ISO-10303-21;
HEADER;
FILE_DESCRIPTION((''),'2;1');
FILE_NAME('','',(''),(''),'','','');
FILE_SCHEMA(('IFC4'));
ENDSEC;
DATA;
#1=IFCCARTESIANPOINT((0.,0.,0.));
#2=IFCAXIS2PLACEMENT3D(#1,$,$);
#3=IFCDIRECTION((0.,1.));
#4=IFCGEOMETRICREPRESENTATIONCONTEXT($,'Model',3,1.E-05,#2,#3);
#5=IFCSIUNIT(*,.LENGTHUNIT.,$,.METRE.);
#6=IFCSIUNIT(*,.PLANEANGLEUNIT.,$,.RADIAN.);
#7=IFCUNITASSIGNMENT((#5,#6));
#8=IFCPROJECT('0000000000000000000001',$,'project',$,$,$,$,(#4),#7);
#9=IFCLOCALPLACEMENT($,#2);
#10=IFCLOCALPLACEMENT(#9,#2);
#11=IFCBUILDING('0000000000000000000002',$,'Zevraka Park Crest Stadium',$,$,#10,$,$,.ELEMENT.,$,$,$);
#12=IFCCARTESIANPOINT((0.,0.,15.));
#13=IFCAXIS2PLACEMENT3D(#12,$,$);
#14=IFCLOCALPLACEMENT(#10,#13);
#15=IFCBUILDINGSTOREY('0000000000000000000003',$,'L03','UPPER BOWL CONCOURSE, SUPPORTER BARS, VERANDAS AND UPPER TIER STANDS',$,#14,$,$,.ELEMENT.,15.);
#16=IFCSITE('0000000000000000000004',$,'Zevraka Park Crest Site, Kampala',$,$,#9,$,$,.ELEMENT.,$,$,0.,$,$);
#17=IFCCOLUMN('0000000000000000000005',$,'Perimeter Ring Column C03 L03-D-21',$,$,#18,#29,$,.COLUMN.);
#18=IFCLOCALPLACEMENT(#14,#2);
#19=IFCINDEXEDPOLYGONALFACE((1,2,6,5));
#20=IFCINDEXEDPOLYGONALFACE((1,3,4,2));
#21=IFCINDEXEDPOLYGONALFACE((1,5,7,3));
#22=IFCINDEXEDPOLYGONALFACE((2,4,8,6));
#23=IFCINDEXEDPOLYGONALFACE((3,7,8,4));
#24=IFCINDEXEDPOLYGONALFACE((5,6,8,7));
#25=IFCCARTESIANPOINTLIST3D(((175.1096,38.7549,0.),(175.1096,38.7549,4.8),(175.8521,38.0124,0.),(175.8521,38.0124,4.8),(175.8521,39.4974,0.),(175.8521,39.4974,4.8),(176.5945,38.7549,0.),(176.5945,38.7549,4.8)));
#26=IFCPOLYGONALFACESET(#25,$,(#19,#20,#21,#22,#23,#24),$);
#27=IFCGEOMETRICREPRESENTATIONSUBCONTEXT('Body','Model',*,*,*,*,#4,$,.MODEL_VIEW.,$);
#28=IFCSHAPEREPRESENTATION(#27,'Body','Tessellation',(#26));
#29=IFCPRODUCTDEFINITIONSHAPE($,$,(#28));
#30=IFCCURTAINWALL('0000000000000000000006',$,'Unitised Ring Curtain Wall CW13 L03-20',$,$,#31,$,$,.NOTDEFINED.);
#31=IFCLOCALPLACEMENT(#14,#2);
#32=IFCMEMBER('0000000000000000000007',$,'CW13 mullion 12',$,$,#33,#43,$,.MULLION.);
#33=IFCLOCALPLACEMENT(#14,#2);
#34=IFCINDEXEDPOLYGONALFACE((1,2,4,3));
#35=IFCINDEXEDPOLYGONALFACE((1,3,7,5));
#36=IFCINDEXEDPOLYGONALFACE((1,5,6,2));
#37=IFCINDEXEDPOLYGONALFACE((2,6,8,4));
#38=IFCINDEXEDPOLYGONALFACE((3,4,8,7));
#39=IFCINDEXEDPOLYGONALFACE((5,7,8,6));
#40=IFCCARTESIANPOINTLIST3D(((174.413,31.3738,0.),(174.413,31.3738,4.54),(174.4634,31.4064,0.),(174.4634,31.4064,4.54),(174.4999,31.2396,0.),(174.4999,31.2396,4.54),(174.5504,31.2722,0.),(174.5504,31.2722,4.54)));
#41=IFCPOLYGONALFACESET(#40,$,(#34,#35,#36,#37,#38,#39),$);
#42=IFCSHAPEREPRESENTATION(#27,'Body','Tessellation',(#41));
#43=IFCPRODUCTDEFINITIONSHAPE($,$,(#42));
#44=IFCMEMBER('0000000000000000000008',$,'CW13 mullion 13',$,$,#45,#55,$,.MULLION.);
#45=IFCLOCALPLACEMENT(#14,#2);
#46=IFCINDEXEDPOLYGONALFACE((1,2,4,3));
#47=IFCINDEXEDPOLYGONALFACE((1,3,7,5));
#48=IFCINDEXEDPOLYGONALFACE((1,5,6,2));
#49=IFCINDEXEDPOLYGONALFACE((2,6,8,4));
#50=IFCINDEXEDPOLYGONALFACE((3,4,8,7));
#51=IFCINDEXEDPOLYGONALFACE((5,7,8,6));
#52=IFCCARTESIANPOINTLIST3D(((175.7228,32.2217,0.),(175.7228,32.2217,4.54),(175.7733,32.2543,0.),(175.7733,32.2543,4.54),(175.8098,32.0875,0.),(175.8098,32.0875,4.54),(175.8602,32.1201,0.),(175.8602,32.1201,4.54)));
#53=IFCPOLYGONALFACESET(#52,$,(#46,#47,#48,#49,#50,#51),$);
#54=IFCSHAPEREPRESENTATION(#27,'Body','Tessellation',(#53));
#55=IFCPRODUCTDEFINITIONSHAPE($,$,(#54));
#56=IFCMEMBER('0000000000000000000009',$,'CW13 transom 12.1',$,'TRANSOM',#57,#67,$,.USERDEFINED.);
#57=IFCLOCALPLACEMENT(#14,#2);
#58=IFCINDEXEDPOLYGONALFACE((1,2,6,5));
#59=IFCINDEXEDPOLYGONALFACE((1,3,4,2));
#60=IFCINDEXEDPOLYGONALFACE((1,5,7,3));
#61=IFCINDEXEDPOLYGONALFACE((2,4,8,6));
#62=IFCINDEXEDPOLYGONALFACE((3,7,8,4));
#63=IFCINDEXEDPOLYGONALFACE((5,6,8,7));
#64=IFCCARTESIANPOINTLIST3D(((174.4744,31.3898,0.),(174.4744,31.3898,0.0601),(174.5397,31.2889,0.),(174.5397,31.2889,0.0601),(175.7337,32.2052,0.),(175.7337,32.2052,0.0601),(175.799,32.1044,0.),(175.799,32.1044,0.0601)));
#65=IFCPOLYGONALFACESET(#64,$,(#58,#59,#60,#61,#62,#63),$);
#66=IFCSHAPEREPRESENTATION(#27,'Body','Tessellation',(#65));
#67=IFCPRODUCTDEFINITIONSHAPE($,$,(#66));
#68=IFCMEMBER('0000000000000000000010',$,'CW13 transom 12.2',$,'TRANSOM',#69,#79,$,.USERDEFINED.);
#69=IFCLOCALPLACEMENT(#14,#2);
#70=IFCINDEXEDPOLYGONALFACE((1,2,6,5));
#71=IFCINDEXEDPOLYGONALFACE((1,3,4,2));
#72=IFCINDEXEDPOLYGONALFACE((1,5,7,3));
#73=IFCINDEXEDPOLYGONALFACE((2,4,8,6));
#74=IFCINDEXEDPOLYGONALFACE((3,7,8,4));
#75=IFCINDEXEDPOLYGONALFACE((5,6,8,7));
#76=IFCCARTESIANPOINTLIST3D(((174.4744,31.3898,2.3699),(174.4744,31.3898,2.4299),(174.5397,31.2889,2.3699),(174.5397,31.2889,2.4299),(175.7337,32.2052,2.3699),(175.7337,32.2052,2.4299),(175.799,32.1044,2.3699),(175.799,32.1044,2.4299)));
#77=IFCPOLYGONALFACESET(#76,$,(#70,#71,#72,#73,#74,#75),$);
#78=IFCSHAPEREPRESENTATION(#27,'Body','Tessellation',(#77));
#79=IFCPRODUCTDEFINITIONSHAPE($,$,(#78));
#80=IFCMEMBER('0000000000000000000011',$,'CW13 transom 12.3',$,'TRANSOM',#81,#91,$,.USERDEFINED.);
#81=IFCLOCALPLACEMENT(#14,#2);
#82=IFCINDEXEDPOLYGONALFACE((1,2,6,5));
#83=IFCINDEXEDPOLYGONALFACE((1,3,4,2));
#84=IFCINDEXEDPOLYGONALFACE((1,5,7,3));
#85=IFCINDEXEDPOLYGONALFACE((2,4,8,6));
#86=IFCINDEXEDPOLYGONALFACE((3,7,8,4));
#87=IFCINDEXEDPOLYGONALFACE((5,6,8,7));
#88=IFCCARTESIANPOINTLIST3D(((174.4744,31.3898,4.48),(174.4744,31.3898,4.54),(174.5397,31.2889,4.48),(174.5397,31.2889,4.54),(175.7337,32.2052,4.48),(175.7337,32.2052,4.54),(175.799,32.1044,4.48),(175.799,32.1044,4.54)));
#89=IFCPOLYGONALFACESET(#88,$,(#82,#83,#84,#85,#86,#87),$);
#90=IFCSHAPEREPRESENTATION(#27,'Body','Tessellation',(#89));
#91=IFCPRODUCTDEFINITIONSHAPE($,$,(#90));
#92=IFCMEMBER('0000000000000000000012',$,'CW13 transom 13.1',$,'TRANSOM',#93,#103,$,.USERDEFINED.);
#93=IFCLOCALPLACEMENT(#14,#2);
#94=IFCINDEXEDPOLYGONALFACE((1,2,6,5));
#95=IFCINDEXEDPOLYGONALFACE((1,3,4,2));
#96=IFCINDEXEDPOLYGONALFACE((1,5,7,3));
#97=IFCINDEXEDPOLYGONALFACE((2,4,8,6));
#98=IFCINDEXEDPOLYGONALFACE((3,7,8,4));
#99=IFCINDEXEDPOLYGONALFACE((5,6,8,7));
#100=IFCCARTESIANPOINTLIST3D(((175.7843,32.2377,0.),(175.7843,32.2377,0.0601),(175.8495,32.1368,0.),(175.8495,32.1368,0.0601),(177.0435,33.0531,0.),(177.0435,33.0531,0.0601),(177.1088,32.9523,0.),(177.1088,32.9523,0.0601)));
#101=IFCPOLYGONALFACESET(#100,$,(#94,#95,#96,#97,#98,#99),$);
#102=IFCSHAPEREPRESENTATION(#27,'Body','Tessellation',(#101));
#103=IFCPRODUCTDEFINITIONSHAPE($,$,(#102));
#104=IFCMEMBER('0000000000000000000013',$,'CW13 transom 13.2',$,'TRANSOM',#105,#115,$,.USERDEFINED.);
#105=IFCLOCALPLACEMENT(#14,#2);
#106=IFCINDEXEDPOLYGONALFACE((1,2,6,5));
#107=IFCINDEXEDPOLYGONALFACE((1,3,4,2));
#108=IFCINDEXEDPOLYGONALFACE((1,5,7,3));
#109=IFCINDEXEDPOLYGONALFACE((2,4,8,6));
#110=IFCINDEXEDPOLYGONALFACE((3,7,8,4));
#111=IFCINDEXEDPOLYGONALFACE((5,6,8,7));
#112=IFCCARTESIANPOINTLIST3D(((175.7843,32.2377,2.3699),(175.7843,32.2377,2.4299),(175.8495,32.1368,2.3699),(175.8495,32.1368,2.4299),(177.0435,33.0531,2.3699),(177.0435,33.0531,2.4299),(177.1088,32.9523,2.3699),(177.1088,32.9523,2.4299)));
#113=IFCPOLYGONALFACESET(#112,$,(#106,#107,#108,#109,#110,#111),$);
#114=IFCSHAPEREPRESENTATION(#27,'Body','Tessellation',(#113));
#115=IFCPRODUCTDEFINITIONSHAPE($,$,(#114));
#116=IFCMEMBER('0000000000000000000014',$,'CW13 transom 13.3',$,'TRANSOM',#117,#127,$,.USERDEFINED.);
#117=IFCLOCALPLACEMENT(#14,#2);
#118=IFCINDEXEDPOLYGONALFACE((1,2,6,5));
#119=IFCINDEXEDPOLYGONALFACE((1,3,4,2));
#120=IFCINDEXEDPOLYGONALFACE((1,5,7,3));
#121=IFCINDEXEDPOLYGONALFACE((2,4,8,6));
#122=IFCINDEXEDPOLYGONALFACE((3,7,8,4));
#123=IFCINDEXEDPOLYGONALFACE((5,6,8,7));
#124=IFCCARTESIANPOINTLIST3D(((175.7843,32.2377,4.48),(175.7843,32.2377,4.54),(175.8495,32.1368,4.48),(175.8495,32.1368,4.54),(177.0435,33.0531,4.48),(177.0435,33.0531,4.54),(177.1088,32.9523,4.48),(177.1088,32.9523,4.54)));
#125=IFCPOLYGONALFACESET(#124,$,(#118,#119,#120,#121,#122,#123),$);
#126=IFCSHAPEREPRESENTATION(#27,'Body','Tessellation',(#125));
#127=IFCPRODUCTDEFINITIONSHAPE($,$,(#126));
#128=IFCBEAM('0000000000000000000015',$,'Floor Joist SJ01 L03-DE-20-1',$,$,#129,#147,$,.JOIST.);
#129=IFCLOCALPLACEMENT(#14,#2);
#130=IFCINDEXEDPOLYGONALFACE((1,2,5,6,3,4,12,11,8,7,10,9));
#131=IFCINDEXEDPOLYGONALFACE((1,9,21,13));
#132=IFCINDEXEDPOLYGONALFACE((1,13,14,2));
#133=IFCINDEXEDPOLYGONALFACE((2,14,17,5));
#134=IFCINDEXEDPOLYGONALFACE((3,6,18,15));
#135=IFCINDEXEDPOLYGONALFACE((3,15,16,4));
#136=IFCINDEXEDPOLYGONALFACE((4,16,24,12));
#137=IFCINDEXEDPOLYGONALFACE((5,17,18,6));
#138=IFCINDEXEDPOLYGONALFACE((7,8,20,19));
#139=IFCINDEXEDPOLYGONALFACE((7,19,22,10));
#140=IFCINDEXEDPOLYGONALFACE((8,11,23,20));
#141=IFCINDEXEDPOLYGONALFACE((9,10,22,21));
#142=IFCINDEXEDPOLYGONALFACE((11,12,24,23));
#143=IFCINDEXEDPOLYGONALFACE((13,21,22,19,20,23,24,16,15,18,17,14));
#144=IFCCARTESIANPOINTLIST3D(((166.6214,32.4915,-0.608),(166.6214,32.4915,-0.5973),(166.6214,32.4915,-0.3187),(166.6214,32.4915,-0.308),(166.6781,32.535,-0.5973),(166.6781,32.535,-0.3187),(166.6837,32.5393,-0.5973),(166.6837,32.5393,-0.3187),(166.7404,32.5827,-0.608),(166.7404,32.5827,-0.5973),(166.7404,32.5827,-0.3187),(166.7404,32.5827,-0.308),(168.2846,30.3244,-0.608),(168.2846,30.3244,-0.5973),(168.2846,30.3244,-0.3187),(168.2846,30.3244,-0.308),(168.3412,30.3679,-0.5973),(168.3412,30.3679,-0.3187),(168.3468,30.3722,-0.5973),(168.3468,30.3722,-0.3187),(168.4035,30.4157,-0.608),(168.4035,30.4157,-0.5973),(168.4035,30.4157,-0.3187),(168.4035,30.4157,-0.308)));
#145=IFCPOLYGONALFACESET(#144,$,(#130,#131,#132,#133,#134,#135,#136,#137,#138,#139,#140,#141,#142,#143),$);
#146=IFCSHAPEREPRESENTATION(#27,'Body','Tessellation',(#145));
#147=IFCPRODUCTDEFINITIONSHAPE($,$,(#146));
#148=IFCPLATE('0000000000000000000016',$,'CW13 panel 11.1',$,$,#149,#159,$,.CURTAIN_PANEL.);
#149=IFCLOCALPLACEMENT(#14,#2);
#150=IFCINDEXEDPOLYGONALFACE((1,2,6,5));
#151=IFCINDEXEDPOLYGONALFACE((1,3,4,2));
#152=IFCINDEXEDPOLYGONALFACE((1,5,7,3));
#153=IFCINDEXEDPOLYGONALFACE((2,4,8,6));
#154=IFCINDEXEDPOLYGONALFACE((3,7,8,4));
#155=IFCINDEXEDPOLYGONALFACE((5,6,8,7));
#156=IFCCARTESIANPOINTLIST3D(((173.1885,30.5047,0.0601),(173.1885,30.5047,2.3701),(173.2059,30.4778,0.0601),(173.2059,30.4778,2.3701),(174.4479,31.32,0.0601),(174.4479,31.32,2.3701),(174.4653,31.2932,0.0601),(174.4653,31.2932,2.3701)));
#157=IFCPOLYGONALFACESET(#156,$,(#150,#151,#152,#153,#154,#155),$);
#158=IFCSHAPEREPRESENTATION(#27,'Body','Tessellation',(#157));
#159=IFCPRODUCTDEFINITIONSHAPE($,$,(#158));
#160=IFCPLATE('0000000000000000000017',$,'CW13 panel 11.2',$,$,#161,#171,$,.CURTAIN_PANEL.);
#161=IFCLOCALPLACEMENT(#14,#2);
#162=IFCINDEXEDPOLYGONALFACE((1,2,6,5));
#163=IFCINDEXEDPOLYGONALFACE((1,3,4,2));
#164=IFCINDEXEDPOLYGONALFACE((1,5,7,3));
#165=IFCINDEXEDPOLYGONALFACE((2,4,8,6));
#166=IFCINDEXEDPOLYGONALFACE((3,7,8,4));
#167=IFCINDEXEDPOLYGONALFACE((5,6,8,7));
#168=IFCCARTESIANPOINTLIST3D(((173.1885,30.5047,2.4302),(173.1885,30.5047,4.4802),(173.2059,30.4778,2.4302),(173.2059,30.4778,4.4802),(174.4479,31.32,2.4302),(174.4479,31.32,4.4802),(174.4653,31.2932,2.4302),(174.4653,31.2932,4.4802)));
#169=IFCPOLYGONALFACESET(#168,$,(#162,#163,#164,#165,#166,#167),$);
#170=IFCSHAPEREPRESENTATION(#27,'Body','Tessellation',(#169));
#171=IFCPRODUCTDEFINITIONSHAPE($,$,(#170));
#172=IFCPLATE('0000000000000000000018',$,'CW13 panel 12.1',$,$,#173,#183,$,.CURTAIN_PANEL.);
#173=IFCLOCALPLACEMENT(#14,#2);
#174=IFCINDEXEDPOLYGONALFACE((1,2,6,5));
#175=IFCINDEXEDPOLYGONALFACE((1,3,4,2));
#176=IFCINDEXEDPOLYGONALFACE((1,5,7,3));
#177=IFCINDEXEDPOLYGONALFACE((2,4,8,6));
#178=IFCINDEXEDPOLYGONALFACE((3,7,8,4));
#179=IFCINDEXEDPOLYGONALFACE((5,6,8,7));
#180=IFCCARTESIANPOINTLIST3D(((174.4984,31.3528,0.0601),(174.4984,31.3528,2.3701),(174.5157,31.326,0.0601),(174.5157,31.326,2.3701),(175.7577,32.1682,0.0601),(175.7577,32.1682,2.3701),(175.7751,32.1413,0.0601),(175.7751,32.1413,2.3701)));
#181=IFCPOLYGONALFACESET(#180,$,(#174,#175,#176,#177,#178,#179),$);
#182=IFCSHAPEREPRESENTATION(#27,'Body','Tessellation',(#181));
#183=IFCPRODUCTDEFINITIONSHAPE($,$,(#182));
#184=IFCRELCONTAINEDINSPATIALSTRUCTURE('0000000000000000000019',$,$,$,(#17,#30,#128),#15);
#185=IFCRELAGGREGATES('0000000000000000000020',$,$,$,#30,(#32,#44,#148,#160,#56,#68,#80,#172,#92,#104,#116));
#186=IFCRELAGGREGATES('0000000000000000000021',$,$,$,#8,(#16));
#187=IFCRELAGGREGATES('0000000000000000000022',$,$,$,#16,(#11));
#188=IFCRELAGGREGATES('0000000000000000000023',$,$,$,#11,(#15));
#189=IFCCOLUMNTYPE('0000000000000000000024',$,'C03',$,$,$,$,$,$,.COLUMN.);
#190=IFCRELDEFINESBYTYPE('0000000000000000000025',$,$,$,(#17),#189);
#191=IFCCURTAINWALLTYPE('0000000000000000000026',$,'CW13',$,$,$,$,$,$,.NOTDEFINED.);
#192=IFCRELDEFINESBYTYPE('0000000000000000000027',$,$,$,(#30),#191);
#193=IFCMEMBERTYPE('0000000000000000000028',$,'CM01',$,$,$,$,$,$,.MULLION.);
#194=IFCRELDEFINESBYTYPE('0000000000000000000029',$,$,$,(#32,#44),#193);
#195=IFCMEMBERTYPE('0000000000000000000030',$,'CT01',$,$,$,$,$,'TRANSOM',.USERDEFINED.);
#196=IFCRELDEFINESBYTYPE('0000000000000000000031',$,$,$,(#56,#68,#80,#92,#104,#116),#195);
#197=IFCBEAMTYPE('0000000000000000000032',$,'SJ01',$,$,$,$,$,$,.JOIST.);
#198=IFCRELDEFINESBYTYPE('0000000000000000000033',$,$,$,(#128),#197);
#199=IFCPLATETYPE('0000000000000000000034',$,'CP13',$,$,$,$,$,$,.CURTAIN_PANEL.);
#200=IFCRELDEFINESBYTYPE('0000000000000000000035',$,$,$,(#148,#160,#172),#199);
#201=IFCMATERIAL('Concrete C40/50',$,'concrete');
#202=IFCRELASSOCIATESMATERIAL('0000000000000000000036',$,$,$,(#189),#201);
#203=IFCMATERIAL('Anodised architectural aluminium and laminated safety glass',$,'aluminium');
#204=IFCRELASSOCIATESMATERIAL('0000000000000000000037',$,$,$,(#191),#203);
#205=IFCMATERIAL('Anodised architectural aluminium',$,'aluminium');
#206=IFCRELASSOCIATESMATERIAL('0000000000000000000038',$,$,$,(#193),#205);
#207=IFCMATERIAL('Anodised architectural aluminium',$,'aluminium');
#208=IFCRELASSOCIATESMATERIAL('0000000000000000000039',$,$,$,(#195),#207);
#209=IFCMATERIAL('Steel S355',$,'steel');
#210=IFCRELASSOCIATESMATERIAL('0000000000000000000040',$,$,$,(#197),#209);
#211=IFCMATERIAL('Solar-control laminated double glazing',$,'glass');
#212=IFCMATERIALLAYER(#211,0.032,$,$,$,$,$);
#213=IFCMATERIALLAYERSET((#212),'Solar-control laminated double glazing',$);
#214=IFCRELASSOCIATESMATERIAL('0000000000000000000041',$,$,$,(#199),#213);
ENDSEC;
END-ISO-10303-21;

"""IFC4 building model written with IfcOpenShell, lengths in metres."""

from ifc_helpers import new_model, si_unit, direction, frame, origin, origin_2d, place, context, subcontext, project, spatial, rectangle, i_section, extrude, material, layer, layer_set, material_profile, profile_set, type_object, element, aggregate, save


model = new_model("IFC4")

# Units and contexts
model_context = context("Model", 3, precision=1e-05, world=origin(), true_north=direction((0.0, 1.0)))
body_context = subcontext(model_context, "Body", "Model", "MODEL_VIEW")
ifc_project = project(units=[si_unit("LENGTHUNIT", "METRE"), si_unit("PLANEANGLEUNIT", "RADIAN")], contexts=[model_context])

# Site, building, storey
site_placement = place(None, origin())
site = spatial("IfcSite", under=ifc_project, at=site_placement, Name="Zevraka Park Crest Site, Kampala", CompositionType="ELEMENT", RefElevation=0.0)
building_placement = place(site_placement, origin())
building = spatial("IfcBuilding", under=site, at=building_placement, Name="Zevraka Park Crest Stadium", CompositionType="ELEMENT")
storey_placement = place(building_placement, frame((0.0, 0.0, 15.0)))
storey = spatial("IfcBuildingStorey", under=building, at=storey_placement, Name="L03", Description="UPPER BOWL CONCOURSE, SUPPORTER BARS, VERANDAS AND UPPER TIER STANDS", CompositionType="ELEMENT", Elevation=15.0)

# Column
ifc_material_1 = material(Name="Concrete C40/50", Category="concrete")
ifc_material_profile_1 = material_profile(ifc_material_1, rectangle(XDim=1.05, YDim=1.05, at=origin_2d()), Name="RC 1050x1050")
ifc_profile_set_1 = profile_set([ifc_material_profile_1], Name="Concrete C40/50")
column_type = type_object("IfcColumnType", Name="C03", PredefinedType="COLUMN", material=ifc_profile_set_1)
column_placement = place(storey_placement, frame((175.8521, 38.7549, 0.0), z_axis=(0.0, 0.0, 1.0), x_axis=(-0.707107, 0.707107, 0.0)))
element("IfcColumn", 1, at=column_placement, inside=storey, type_object=column_type, Name="Perimeter Ring Column C03 L03-D-21", PredefinedType="COLUMN", context=body_context, shape_type="SweptSolid", body=[
    extrude(rectangle(XDim=1.05, YDim=1.05, at=origin_2d()), origin(), (0.0, 0.0, 1.0), 4.8),
])

# Curtain wall, members
ifc_material_2 = material(Name="Anodised architectural aluminium and laminated safety glass", Category="aluminium")
curtain_wall_type = type_object("IfcCurtainWallType", Name="CW13", PredefinedType="NOTDEFINED", material=ifc_material_2)
curtain_wall_placement = place(storey_placement, origin())
curtain_wall = element("IfcCurtainWall", 2, at=curtain_wall_placement, inside=storey, type_object=curtain_wall_type, Name="Unitised Ring Curtain Wall CW13 L03-20", PredefinedType="NOTDEFINED")
ifc_material_3 = material(Name="Anodised architectural aluminium", Category="aluminium")
ifc_material_profile_2 = material_profile(ifc_material_3, rectangle(XDim=0.1599, YDim=0.0601, at=origin_2d()), Name="ALU MULLION 160x60")
ifc_profile_set_2 = profile_set([ifc_material_profile_2], Name="Anodised architectural aluminium")
member_type_1 = type_object("IfcMemberType", Name="CM01", PredefinedType="MULLION", material=ifc_profile_set_2)
member_1_placement = place(storey_placement, frame((174.4817, 31.323, 0.0), z_axis=(0.0, 0.0, 1.0), x_axis=(-0.543469, 0.839429, 0.0)))
member_1 = element("IfcMember", 3, at=member_1_placement, type_object=member_type_1, Name="CW13 mullion 12", PredefinedType="MULLION", context=body_context, shape_type="SweptSolid", body=[
    extrude(rectangle(XDim=0.1599, YDim=0.0601, at=origin_2d()), origin(), (0.0, 0.0, 1.0), 4.54),
])
member_2_placement = place(storey_placement, frame((175.7915, 32.1709, 0.0), z_axis=(0.0, 0.0, 1.0), x_axis=(-0.543469, 0.839429, 0.0)))
member_2 = element("IfcMember", 4, at=member_2_placement, type_object=member_type_1, Name="CW13 mullion 13", PredefinedType="MULLION", context=body_context, shape_type="SweptSolid", body=[
    extrude(rectangle(XDim=0.1599, YDim=0.0601, at=origin_2d()), origin(), (0.0, 0.0, 1.0), 4.54),
])
ifc_material_4 = material(Name="Anodised architectural aluminium", Category="aluminium")
ifc_material_profile_3 = material_profile(ifc_material_4, rectangle(XDim=0.1201, YDim=0.0601, at=origin_2d()), Name="ALU TRANSOM 120x60")
ifc_profile_set_3 = profile_set([ifc_material_profile_3], Name="Anodised architectural aluminium")
member_type_2 = type_object("IfcMemberType", Name="CT01", ElementType="TRANSOM", PredefinedType="USERDEFINED", material=ifc_profile_set_3)
member_3_placement = place(storey_placement, frame((174.5071, 31.3394, 0.03), z_axis=(0.839387, 0.543535, 0.0), x_axis=(-0.543535, 0.839387, 0.0)))
member_3 = element("IfcMember", 5, at=member_3_placement, type_object=member_type_2, Name="CW13 transom 12.1", ObjectType="TRANSOM", PredefinedType="USERDEFINED", context=body_context, shape_type="SweptSolid", body=[
    extrude(rectangle(XDim=0.1201, YDim=0.0601, at=origin_2d()), origin(), (0.0, 0.0, 1.0), 1.5002),
])
member_4_placement = place(storey_placement, frame((174.5071, 31.3394, 2.3999), z_axis=(0.839387, 0.543535, 0.0), x_axis=(-0.543535, 0.839387, 0.0)))
member_4 = element("IfcMember", 6, at=member_4_placement, type_object=member_type_2, Name="CW13 transom 12.2", ObjectType="TRANSOM", PredefinedType="USERDEFINED", context=body_context, shape_type="SweptSolid", body=[
    extrude(rectangle(XDim=0.1201, YDim=0.0601, at=origin_2d()), origin(), (0.0, 0.0, 1.0), 1.5002),
])
member_5_placement = place(storey_placement, frame((174.5071, 31.3394, 4.51), z_axis=(0.839387, 0.543535, 0.0), x_axis=(-0.543535, 0.839387, 0.0)))
member_5 = element("IfcMember", 7, at=member_5_placement, type_object=member_type_2, Name="CW13 transom 12.3", ObjectType="TRANSOM", PredefinedType="USERDEFINED", context=body_context, shape_type="SweptSolid", body=[
    extrude(rectangle(XDim=0.1201, YDim=0.0601, at=origin_2d()), origin(), (0.0, 0.0, 1.0), 1.5002),
])
member_6_placement = place(storey_placement, frame((175.8169, 32.1873, 0.03), z_axis=(0.839387, 0.543535, 0.0), x_axis=(-0.543535, 0.839387, 0.0)))
member_6 = element("IfcMember", 8, at=member_6_placement, type_object=member_type_2, Name="CW13 transom 13.1", ObjectType="TRANSOM", PredefinedType="USERDEFINED", context=body_context, shape_type="SweptSolid", body=[
    extrude(rectangle(XDim=0.1201, YDim=0.0601, at=origin_2d()), origin(), (0.0, 0.0, 1.0), 1.5002),
])
member_7_placement = place(storey_placement, frame((175.8169, 32.1873, 2.3999), z_axis=(0.839387, 0.543535, 0.0), x_axis=(-0.543535, 0.839387, 0.0)))
member_7 = element("IfcMember", 9, at=member_7_placement, type_object=member_type_2, Name="CW13 transom 13.2", ObjectType="TRANSOM", PredefinedType="USERDEFINED", context=body_context, shape_type="SweptSolid", body=[
    extrude(rectangle(XDim=0.1201, YDim=0.0601, at=origin_2d()), origin(), (0.0, 0.0, 1.0), 1.5002),
])
member_8_placement = place(storey_placement, frame((175.8169, 32.1873, 4.51), z_axis=(0.839387, 0.543535, 0.0), x_axis=(-0.543535, 0.839387, 0.0)))
member_8 = element("IfcMember", 10, at=member_8_placement, type_object=member_type_2, Name="CW13 transom 13.3", ObjectType="TRANSOM", PredefinedType="USERDEFINED", context=body_context, shape_type="SweptSolid", body=[
    extrude(rectangle(XDim=0.1201, YDim=0.0601, at=origin_2d()), origin(), (0.0, 0.0, 1.0), 1.5002),
])

# Beam
ifc_material_5 = material(Name="Steel S355", Category="steel")
ifc_material_profile_4 = material_profile(ifc_material_5, i_section(OverallWidth=0.1499, OverallDepth=0.3, WebThickness=0.0071, FlangeThickness=0.0107, at=origin_2d()), Name="IPE 300")
ifc_profile_set_4 = profile_set([ifc_material_profile_4], Name="Steel S355")
beam_type = type_object("IfcBeamType", Name="SJ01", PredefinedType="JOIST", material=ifc_profile_set_4)
beam_placement = place(storey_placement, frame((166.6809, 32.5371, -0.458), z_axis=(0.608829, -0.793301, 0.0), x_axis=(0.793301, 0.608829, 0.0)))
element("IfcBeam", 11, at=beam_placement, inside=storey, type_object=beam_type, Name="Floor Joist SJ01 L03-DE-20-1", PredefinedType="JOIST", context=body_context, shape_type="SweptSolid", body=[
    extrude(i_section(OverallWidth=0.1499, OverallDepth=0.3, WebThickness=0.0071, FlangeThickness=0.0107, at=origin_2d()), origin(), (0.0, 0.0, 1.0), 2.7317),
])

# Plates
ifc_material_6 = material(Name="Solar-control laminated double glazing", Category="glass")
ifc_layer_1 = layer(ifc_material_6, 0.032)
ifc_layer_set_1 = layer_set([ifc_layer_1], Name="Solar-control laminated double glazing")
plate_type = type_object("IfcPlateType", Name="CP13", PredefinedType="CURTAIN_PANEL", material=ifc_layer_set_1)
plate_1_placement = place(storey_placement, frame((173.8269, 30.8989, 0.0601), z_axis=(0.0, 0.0, 1.0), x_axis=(0.839429, 0.543469, 0.0)))
plate_1 = element("IfcPlate", 12, at=plate_1_placement, type_object=plate_type, Name="CW13 panel 11.1", PredefinedType="CURTAIN_PANEL", context=body_context, shape_type="SweptSolid", body=[
    extrude(rectangle(XDim=1.5002, YDim=0.032, at=origin_2d()), origin(), (0.0, 0.0, 1.0), 2.3101),
])
plate_2_placement = place(storey_placement, frame((173.8269, 30.8989, 2.4302), z_axis=(0.0, 0.0, 1.0), x_axis=(0.839429, 0.543469, 0.0)))
plate_2 = element("IfcPlate", 13, at=plate_2_placement, type_object=plate_type, Name="CW13 panel 11.2", PredefinedType="CURTAIN_PANEL", context=body_context, shape_type="SweptSolid", body=[
    extrude(rectangle(XDim=1.5002, YDim=0.032, at=origin_2d()), origin(), (0.0, 0.0, 1.0), 2.05),
])
plate_3_placement = place(storey_placement, frame((175.1367, 31.7471, 0.0601), z_axis=(0.0, 0.0, 1.0), x_axis=(0.839429, 0.543469, 0.0)))
plate_3 = element("IfcPlate", 14, at=plate_3_placement, type_object=plate_type, Name="CW13 panel 12.1", PredefinedType="CURTAIN_PANEL", context=body_context, shape_type="SweptSolid", body=[
    extrude(rectangle(XDim=1.5002, YDim=0.032, at=origin_2d()), origin(), (0.0, 0.0, 1.0), 2.3101),
])
aggregate(curtain_wall, [member_1, member_2, plate_1, plate_2, member_3, member_4, member_5, plate_3, member_6, member_7, member_8])

save(model, "model.ifc")
